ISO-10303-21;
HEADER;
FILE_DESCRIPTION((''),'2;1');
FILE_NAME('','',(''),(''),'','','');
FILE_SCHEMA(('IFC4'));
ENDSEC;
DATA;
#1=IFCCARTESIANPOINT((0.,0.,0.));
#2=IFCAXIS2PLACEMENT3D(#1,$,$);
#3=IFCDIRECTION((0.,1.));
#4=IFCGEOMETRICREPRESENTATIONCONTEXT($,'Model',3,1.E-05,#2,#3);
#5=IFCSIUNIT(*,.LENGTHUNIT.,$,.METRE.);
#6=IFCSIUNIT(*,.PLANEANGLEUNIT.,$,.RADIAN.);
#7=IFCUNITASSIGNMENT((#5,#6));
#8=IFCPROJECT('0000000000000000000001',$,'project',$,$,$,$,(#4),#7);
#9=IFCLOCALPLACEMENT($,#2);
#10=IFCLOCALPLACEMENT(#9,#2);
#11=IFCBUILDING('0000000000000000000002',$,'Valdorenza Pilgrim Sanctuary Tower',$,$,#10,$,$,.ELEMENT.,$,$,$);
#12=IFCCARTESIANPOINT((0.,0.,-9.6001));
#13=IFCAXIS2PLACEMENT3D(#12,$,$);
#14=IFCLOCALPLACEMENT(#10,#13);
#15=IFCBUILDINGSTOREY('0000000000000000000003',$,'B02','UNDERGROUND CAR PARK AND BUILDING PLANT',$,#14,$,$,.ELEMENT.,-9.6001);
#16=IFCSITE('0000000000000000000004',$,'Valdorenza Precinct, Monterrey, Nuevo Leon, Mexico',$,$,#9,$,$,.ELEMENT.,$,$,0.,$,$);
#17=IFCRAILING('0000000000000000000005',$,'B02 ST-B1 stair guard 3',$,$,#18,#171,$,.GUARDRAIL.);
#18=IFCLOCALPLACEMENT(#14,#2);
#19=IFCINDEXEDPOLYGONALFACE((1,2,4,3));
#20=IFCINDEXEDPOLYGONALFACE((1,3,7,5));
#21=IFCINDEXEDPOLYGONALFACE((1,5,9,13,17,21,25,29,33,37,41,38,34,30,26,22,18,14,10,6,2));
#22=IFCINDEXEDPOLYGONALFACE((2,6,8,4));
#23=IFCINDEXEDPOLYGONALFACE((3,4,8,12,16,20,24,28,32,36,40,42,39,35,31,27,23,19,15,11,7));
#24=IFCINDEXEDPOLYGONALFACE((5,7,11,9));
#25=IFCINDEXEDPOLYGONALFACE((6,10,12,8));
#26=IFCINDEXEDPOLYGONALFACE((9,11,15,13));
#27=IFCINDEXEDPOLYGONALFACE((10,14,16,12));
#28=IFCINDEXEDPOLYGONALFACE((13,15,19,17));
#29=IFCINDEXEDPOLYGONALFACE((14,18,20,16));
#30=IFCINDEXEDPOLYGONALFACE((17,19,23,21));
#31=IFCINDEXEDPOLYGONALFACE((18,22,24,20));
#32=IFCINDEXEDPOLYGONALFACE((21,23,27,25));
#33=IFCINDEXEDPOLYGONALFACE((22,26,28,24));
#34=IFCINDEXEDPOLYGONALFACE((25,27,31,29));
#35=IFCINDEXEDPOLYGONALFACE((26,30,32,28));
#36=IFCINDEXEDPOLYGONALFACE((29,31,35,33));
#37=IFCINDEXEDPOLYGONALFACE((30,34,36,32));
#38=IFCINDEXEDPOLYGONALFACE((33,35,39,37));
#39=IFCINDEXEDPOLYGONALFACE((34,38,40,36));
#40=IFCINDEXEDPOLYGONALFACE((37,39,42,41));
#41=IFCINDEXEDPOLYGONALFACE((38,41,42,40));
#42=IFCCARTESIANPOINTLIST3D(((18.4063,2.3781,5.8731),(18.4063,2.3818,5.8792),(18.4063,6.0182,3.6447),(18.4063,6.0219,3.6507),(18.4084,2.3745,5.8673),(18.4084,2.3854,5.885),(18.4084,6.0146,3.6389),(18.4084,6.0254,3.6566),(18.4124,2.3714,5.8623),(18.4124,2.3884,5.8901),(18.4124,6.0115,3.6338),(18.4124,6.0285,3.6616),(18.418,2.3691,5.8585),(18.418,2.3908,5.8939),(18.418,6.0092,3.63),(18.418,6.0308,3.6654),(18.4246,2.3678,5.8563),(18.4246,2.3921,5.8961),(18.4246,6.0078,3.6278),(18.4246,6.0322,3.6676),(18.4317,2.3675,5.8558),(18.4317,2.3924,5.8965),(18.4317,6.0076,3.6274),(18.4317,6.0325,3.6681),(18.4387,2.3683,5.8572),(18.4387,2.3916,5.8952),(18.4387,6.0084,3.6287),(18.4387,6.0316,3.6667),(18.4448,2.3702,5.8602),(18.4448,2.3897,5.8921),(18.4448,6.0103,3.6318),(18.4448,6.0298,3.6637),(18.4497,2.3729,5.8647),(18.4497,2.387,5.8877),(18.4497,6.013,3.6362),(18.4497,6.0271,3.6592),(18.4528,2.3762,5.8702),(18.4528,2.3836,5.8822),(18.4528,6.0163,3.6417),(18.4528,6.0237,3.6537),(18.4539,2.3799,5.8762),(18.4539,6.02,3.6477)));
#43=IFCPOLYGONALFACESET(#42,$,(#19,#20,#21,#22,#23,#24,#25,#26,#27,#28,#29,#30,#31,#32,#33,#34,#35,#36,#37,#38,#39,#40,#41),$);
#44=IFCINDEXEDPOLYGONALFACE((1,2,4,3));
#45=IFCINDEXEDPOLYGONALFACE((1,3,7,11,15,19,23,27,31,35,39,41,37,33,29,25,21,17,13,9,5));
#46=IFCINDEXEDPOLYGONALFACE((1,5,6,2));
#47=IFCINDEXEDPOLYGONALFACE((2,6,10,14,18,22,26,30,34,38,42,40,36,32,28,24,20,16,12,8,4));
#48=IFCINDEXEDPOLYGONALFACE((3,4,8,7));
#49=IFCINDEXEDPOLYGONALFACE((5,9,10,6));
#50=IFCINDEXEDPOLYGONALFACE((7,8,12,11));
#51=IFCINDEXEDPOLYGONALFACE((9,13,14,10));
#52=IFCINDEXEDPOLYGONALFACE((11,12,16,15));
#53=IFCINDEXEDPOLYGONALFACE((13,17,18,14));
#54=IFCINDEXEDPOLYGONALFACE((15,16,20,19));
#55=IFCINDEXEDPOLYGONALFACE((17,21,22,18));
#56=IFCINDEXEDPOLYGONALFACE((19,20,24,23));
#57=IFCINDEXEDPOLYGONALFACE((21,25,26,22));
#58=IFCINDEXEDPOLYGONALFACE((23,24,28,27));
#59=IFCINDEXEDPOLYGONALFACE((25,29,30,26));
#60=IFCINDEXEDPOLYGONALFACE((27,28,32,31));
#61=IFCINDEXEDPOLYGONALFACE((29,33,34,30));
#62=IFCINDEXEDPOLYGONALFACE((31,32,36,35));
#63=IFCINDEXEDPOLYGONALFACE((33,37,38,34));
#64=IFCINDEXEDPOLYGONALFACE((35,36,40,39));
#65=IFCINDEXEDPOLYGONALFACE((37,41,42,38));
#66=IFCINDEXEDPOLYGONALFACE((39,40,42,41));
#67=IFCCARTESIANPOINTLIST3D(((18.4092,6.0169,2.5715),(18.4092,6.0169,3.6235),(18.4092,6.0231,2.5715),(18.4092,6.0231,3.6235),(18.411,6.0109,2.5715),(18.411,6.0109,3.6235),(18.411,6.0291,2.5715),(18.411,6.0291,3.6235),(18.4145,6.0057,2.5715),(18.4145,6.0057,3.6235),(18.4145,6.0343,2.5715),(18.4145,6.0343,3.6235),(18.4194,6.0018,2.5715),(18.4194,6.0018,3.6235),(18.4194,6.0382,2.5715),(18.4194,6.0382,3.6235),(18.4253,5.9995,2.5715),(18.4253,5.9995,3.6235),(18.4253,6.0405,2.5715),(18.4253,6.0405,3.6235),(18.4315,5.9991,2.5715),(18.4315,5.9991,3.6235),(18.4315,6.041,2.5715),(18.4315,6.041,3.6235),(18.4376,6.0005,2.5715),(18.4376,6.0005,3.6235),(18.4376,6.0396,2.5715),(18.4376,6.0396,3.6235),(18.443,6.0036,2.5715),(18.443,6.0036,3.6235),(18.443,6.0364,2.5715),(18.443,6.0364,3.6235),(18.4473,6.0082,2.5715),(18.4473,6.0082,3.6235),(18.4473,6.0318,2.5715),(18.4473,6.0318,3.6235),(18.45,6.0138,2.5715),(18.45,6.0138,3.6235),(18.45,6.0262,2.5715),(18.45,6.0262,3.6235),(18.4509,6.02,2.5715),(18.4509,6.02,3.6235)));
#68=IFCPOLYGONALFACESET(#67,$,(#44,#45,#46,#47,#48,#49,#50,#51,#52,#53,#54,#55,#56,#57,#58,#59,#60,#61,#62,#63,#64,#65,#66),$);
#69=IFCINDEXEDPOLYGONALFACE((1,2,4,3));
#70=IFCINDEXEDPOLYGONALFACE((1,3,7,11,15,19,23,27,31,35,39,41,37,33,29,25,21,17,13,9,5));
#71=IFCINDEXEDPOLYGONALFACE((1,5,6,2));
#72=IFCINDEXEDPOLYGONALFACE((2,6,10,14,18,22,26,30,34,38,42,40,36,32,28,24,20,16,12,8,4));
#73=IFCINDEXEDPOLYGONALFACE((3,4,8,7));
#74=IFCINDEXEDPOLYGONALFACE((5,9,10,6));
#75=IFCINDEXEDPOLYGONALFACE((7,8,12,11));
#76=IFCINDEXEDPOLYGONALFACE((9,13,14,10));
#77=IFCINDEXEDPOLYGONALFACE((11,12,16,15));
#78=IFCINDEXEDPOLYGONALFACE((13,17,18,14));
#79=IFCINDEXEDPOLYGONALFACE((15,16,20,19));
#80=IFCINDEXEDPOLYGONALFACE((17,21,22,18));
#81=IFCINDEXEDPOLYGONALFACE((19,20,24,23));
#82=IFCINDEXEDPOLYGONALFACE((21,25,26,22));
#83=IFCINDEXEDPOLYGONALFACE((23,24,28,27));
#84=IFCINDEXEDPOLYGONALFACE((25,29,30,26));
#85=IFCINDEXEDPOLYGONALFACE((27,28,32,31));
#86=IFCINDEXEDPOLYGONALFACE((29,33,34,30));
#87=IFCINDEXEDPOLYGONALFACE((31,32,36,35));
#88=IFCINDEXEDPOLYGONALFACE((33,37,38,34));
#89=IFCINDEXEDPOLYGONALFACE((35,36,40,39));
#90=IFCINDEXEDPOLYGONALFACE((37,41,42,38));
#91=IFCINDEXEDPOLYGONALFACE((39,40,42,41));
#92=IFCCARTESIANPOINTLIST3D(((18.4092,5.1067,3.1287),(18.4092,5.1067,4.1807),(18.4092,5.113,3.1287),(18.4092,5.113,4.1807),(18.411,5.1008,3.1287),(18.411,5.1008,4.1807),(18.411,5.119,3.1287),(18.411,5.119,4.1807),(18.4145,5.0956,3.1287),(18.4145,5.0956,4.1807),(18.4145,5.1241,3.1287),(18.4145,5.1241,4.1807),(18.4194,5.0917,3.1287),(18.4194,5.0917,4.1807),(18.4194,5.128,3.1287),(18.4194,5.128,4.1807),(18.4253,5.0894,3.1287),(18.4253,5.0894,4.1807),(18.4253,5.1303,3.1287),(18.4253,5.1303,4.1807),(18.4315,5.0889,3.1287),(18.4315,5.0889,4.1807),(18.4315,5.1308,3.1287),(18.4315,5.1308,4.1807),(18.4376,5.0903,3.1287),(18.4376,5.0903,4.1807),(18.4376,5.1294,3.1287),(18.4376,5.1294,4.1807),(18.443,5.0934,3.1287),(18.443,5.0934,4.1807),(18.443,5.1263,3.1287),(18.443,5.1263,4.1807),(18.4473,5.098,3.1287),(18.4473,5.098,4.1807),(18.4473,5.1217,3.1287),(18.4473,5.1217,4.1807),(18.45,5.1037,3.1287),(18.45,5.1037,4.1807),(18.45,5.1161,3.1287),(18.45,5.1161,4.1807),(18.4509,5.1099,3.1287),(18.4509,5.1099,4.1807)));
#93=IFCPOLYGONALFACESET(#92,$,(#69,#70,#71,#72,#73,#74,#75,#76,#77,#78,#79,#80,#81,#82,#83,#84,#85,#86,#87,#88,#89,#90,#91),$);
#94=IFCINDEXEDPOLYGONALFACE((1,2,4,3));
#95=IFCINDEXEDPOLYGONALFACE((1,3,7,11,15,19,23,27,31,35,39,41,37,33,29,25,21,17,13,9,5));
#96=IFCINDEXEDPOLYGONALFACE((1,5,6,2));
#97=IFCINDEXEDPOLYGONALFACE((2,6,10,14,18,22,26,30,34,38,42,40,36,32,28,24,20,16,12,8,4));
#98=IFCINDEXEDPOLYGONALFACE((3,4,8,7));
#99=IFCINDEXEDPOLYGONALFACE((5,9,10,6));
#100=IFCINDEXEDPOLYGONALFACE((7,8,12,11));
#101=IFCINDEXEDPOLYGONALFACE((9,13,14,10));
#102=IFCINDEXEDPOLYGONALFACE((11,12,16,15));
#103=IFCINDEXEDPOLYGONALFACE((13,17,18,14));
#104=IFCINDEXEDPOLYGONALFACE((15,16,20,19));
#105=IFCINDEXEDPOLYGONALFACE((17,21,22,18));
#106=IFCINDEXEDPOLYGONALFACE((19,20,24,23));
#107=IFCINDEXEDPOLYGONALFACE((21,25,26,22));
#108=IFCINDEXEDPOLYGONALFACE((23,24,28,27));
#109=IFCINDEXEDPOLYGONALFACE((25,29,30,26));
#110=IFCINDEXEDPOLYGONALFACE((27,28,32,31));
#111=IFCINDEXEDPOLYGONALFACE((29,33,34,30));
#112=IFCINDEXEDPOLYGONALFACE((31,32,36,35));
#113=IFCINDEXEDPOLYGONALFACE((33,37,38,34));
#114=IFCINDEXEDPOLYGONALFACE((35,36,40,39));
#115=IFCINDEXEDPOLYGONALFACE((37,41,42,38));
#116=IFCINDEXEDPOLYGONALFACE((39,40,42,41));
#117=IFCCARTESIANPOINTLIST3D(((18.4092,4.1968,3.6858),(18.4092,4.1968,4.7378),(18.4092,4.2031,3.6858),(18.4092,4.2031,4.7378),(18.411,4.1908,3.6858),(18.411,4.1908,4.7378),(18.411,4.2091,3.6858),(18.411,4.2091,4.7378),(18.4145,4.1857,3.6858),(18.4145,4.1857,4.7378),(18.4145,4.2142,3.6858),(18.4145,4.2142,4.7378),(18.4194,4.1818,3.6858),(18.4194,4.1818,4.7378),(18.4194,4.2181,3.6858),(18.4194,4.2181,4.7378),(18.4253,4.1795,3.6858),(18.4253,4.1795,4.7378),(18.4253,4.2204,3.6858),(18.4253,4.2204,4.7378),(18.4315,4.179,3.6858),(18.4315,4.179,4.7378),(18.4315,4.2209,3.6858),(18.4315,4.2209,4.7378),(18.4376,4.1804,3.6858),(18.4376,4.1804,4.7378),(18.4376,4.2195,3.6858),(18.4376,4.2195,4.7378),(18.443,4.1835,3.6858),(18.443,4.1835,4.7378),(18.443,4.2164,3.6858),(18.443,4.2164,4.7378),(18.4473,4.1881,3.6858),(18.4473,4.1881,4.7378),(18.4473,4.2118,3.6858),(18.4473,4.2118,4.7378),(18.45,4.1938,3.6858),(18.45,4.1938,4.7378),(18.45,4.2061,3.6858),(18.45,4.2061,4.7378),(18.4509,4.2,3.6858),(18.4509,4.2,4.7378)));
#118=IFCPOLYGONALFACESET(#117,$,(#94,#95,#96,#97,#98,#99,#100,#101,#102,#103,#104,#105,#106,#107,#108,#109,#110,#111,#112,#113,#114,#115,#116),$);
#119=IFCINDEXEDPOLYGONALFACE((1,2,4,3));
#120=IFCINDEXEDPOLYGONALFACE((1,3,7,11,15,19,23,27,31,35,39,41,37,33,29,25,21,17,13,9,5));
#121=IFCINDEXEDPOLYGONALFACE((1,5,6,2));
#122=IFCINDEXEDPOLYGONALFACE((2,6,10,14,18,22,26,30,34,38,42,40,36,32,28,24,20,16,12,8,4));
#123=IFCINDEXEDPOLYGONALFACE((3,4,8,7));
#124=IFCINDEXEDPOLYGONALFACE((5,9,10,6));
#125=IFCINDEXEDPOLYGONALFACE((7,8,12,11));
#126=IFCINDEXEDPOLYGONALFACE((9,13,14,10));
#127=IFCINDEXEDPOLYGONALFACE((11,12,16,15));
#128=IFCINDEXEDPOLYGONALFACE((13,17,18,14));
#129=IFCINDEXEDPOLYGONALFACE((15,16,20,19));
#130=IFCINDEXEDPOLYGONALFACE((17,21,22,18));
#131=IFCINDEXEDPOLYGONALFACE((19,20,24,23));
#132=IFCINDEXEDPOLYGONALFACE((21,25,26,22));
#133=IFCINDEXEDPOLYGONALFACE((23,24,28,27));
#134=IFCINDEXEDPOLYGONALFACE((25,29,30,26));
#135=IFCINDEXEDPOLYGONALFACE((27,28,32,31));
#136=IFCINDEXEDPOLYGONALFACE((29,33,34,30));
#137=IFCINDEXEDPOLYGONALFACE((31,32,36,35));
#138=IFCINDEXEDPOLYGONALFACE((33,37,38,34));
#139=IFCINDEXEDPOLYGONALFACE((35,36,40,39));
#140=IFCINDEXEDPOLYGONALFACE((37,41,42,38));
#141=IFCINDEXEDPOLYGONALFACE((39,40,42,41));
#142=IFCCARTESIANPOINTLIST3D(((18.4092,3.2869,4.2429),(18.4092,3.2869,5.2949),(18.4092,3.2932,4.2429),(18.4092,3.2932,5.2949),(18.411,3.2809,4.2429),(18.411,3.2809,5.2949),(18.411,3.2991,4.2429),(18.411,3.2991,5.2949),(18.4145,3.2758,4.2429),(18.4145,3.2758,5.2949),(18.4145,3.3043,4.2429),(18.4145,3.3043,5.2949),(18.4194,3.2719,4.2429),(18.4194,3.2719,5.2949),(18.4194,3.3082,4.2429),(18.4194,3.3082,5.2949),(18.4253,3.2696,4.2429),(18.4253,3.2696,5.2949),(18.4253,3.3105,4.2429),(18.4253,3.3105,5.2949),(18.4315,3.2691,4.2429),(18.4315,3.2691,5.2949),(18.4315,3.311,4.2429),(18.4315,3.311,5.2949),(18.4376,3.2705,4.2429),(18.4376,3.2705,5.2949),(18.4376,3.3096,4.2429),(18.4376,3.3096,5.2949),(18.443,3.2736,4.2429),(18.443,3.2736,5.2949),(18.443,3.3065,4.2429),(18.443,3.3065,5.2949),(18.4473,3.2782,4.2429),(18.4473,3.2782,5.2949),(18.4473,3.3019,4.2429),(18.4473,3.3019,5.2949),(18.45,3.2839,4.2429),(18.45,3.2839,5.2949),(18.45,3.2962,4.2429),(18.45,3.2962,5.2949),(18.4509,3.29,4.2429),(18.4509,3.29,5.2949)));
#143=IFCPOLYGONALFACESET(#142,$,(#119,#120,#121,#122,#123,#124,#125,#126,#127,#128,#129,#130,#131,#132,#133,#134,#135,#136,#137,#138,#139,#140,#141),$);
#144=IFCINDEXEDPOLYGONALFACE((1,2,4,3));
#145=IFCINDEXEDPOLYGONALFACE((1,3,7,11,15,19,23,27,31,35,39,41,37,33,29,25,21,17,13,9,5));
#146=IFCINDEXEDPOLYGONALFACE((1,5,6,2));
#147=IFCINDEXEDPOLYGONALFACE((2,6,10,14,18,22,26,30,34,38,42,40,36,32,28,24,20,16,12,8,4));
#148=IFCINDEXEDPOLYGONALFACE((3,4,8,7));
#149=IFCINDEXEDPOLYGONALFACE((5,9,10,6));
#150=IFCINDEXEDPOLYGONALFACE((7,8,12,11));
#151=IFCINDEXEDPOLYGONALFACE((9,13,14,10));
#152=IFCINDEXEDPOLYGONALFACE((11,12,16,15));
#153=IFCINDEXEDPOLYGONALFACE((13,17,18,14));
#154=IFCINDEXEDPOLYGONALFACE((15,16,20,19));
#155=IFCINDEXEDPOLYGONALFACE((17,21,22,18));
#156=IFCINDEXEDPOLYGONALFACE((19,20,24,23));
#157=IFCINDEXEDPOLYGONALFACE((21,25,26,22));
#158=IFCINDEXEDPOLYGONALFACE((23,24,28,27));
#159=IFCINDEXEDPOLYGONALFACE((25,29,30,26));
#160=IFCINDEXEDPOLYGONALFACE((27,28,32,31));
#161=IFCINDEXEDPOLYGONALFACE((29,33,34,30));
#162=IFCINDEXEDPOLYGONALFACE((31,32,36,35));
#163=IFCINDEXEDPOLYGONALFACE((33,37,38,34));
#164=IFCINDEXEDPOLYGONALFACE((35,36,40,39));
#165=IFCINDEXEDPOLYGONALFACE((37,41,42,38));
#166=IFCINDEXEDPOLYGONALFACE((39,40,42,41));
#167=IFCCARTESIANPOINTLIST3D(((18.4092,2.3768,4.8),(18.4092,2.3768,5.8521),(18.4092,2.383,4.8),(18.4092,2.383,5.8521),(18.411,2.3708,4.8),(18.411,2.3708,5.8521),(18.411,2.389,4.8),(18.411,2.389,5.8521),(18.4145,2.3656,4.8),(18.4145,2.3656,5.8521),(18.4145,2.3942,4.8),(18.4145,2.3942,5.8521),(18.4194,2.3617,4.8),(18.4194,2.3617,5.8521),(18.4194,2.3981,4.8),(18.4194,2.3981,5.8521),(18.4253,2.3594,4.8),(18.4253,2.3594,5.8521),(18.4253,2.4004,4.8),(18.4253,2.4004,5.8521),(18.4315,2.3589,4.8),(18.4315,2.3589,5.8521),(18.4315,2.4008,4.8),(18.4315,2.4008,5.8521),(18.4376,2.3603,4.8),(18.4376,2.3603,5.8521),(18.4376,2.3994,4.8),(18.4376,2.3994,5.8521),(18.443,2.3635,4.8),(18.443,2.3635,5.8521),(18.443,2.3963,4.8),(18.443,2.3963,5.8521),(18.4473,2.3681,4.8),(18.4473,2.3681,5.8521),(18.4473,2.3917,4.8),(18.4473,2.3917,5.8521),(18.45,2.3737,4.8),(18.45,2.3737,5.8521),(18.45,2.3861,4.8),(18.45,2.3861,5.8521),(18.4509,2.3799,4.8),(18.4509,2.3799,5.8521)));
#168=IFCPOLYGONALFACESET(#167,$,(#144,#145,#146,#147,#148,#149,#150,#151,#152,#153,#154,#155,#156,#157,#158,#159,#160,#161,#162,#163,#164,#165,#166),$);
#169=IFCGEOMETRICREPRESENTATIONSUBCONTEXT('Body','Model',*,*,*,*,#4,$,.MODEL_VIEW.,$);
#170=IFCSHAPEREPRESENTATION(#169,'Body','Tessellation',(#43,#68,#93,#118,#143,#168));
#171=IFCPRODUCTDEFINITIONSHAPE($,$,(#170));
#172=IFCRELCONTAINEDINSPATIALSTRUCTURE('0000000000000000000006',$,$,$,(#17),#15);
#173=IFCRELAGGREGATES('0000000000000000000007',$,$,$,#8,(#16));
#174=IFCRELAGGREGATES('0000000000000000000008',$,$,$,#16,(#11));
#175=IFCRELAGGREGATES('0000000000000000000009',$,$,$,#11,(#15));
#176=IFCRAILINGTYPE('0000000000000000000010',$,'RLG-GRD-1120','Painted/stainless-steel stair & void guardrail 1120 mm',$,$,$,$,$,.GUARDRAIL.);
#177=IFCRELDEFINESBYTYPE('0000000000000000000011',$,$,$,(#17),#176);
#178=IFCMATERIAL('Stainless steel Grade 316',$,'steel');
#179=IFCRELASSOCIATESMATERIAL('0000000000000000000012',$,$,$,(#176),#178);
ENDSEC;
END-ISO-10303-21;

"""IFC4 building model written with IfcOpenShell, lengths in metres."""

from ifc_helpers import new_model, si_unit, direction, frame, origin, origin_2d, place, context, subcontext, project, spatial, circle, extrude, material, type_object, element, save


model = new_model("IFC4")

# Units and contexts
model_context = context("Model", 3, precision=1e-05, world=origin(), true_north=direction((0.0, 1.0)))
body_context = subcontext(model_context, "Body", "Model", "MODEL_VIEW")
ifc_project = project(units=[si_unit("LENGTHUNIT", "METRE"), si_unit("PLANEANGLEUNIT", "RADIAN")], contexts=[model_context])

# Site, building, storey
site_placement = place(None, origin())
site = spatial("IfcSite", under=ifc_project, at=site_placement, Name="Valdorenza Precinct, Monterrey, Nuevo Leon, Mexico", CompositionType="ELEMENT", RefElevation=0.0)
building_placement = place(site_placement, origin())
building = spatial("IfcBuilding", under=site, at=building_placement, Name="Valdorenza Pilgrim Sanctuary Tower", CompositionType="ELEMENT")
storey_placement = place(building_placement, frame((0.0, 0.0, -9.6001)))
storey = spatial("IfcBuildingStorey", under=building, at=storey_placement, Name="B02", Description="UNDERGROUND CAR PARK AND BUILDING PLANT", CompositionType="ELEMENT", Elevation=-9.6001)

# Railing
ifc_material_1 = material(Name="Stainless steel Grade 316", Category="steel")
railing_type_1 = type_object("IfcRailingType", Name="RLG-GRD-1120", Description="Painted/stainless-steel stair & void guardrail 1120 mm", PredefinedType="GUARDRAIL", material=ifc_material_1)
railing_1_placement = place(storey_placement, frame((18.4299, 6.02, 2.5715)))
element("IfcRailing", 1, at=railing_1_placement, inside=storey, type_object=railing_type_1, Name="B02 ST-B1 stair guard 3", PredefinedType="GUARDRAIL", context=body_context, shape_type="SweptSolid", body=[
    extrude(circle(Radius=0.0239, at=origin_2d()), frame((0.0, 0.0, 1.0762), z_axis=(0.0, -0.852866, 0.52213), x_axis=(1.0, 0.0, 0.0)), (0.0, 0.0, 1.0), 4.2681),
    extrude(circle(Radius=0.021, at=origin_2d()), origin(), (0.0, 0.0, 1.0), 1.052),
    extrude(circle(Radius=0.021, at=origin_2d()), frame((0.0, -0.9102, 0.5571)), (0.0, 0.0, 1.0), 1.052),
    extrude(circle(Radius=0.021, at=origin_2d()), frame((0.0, -1.8201, 1.1143)), (0.0, 0.0, 1.0), 1.052),
    extrude(circle(Radius=0.021, at=origin_2d()), frame((0.0, -2.73, 1.6714)), (0.0, 0.0, 1.0), 1.052),
    extrude(circle(Radius=0.021, at=origin_2d()), frame((0.0, -3.6401, 2.2285)), (0.0, 0.0, 1.0), 1.052),
])

save(model, "model.ifc")
